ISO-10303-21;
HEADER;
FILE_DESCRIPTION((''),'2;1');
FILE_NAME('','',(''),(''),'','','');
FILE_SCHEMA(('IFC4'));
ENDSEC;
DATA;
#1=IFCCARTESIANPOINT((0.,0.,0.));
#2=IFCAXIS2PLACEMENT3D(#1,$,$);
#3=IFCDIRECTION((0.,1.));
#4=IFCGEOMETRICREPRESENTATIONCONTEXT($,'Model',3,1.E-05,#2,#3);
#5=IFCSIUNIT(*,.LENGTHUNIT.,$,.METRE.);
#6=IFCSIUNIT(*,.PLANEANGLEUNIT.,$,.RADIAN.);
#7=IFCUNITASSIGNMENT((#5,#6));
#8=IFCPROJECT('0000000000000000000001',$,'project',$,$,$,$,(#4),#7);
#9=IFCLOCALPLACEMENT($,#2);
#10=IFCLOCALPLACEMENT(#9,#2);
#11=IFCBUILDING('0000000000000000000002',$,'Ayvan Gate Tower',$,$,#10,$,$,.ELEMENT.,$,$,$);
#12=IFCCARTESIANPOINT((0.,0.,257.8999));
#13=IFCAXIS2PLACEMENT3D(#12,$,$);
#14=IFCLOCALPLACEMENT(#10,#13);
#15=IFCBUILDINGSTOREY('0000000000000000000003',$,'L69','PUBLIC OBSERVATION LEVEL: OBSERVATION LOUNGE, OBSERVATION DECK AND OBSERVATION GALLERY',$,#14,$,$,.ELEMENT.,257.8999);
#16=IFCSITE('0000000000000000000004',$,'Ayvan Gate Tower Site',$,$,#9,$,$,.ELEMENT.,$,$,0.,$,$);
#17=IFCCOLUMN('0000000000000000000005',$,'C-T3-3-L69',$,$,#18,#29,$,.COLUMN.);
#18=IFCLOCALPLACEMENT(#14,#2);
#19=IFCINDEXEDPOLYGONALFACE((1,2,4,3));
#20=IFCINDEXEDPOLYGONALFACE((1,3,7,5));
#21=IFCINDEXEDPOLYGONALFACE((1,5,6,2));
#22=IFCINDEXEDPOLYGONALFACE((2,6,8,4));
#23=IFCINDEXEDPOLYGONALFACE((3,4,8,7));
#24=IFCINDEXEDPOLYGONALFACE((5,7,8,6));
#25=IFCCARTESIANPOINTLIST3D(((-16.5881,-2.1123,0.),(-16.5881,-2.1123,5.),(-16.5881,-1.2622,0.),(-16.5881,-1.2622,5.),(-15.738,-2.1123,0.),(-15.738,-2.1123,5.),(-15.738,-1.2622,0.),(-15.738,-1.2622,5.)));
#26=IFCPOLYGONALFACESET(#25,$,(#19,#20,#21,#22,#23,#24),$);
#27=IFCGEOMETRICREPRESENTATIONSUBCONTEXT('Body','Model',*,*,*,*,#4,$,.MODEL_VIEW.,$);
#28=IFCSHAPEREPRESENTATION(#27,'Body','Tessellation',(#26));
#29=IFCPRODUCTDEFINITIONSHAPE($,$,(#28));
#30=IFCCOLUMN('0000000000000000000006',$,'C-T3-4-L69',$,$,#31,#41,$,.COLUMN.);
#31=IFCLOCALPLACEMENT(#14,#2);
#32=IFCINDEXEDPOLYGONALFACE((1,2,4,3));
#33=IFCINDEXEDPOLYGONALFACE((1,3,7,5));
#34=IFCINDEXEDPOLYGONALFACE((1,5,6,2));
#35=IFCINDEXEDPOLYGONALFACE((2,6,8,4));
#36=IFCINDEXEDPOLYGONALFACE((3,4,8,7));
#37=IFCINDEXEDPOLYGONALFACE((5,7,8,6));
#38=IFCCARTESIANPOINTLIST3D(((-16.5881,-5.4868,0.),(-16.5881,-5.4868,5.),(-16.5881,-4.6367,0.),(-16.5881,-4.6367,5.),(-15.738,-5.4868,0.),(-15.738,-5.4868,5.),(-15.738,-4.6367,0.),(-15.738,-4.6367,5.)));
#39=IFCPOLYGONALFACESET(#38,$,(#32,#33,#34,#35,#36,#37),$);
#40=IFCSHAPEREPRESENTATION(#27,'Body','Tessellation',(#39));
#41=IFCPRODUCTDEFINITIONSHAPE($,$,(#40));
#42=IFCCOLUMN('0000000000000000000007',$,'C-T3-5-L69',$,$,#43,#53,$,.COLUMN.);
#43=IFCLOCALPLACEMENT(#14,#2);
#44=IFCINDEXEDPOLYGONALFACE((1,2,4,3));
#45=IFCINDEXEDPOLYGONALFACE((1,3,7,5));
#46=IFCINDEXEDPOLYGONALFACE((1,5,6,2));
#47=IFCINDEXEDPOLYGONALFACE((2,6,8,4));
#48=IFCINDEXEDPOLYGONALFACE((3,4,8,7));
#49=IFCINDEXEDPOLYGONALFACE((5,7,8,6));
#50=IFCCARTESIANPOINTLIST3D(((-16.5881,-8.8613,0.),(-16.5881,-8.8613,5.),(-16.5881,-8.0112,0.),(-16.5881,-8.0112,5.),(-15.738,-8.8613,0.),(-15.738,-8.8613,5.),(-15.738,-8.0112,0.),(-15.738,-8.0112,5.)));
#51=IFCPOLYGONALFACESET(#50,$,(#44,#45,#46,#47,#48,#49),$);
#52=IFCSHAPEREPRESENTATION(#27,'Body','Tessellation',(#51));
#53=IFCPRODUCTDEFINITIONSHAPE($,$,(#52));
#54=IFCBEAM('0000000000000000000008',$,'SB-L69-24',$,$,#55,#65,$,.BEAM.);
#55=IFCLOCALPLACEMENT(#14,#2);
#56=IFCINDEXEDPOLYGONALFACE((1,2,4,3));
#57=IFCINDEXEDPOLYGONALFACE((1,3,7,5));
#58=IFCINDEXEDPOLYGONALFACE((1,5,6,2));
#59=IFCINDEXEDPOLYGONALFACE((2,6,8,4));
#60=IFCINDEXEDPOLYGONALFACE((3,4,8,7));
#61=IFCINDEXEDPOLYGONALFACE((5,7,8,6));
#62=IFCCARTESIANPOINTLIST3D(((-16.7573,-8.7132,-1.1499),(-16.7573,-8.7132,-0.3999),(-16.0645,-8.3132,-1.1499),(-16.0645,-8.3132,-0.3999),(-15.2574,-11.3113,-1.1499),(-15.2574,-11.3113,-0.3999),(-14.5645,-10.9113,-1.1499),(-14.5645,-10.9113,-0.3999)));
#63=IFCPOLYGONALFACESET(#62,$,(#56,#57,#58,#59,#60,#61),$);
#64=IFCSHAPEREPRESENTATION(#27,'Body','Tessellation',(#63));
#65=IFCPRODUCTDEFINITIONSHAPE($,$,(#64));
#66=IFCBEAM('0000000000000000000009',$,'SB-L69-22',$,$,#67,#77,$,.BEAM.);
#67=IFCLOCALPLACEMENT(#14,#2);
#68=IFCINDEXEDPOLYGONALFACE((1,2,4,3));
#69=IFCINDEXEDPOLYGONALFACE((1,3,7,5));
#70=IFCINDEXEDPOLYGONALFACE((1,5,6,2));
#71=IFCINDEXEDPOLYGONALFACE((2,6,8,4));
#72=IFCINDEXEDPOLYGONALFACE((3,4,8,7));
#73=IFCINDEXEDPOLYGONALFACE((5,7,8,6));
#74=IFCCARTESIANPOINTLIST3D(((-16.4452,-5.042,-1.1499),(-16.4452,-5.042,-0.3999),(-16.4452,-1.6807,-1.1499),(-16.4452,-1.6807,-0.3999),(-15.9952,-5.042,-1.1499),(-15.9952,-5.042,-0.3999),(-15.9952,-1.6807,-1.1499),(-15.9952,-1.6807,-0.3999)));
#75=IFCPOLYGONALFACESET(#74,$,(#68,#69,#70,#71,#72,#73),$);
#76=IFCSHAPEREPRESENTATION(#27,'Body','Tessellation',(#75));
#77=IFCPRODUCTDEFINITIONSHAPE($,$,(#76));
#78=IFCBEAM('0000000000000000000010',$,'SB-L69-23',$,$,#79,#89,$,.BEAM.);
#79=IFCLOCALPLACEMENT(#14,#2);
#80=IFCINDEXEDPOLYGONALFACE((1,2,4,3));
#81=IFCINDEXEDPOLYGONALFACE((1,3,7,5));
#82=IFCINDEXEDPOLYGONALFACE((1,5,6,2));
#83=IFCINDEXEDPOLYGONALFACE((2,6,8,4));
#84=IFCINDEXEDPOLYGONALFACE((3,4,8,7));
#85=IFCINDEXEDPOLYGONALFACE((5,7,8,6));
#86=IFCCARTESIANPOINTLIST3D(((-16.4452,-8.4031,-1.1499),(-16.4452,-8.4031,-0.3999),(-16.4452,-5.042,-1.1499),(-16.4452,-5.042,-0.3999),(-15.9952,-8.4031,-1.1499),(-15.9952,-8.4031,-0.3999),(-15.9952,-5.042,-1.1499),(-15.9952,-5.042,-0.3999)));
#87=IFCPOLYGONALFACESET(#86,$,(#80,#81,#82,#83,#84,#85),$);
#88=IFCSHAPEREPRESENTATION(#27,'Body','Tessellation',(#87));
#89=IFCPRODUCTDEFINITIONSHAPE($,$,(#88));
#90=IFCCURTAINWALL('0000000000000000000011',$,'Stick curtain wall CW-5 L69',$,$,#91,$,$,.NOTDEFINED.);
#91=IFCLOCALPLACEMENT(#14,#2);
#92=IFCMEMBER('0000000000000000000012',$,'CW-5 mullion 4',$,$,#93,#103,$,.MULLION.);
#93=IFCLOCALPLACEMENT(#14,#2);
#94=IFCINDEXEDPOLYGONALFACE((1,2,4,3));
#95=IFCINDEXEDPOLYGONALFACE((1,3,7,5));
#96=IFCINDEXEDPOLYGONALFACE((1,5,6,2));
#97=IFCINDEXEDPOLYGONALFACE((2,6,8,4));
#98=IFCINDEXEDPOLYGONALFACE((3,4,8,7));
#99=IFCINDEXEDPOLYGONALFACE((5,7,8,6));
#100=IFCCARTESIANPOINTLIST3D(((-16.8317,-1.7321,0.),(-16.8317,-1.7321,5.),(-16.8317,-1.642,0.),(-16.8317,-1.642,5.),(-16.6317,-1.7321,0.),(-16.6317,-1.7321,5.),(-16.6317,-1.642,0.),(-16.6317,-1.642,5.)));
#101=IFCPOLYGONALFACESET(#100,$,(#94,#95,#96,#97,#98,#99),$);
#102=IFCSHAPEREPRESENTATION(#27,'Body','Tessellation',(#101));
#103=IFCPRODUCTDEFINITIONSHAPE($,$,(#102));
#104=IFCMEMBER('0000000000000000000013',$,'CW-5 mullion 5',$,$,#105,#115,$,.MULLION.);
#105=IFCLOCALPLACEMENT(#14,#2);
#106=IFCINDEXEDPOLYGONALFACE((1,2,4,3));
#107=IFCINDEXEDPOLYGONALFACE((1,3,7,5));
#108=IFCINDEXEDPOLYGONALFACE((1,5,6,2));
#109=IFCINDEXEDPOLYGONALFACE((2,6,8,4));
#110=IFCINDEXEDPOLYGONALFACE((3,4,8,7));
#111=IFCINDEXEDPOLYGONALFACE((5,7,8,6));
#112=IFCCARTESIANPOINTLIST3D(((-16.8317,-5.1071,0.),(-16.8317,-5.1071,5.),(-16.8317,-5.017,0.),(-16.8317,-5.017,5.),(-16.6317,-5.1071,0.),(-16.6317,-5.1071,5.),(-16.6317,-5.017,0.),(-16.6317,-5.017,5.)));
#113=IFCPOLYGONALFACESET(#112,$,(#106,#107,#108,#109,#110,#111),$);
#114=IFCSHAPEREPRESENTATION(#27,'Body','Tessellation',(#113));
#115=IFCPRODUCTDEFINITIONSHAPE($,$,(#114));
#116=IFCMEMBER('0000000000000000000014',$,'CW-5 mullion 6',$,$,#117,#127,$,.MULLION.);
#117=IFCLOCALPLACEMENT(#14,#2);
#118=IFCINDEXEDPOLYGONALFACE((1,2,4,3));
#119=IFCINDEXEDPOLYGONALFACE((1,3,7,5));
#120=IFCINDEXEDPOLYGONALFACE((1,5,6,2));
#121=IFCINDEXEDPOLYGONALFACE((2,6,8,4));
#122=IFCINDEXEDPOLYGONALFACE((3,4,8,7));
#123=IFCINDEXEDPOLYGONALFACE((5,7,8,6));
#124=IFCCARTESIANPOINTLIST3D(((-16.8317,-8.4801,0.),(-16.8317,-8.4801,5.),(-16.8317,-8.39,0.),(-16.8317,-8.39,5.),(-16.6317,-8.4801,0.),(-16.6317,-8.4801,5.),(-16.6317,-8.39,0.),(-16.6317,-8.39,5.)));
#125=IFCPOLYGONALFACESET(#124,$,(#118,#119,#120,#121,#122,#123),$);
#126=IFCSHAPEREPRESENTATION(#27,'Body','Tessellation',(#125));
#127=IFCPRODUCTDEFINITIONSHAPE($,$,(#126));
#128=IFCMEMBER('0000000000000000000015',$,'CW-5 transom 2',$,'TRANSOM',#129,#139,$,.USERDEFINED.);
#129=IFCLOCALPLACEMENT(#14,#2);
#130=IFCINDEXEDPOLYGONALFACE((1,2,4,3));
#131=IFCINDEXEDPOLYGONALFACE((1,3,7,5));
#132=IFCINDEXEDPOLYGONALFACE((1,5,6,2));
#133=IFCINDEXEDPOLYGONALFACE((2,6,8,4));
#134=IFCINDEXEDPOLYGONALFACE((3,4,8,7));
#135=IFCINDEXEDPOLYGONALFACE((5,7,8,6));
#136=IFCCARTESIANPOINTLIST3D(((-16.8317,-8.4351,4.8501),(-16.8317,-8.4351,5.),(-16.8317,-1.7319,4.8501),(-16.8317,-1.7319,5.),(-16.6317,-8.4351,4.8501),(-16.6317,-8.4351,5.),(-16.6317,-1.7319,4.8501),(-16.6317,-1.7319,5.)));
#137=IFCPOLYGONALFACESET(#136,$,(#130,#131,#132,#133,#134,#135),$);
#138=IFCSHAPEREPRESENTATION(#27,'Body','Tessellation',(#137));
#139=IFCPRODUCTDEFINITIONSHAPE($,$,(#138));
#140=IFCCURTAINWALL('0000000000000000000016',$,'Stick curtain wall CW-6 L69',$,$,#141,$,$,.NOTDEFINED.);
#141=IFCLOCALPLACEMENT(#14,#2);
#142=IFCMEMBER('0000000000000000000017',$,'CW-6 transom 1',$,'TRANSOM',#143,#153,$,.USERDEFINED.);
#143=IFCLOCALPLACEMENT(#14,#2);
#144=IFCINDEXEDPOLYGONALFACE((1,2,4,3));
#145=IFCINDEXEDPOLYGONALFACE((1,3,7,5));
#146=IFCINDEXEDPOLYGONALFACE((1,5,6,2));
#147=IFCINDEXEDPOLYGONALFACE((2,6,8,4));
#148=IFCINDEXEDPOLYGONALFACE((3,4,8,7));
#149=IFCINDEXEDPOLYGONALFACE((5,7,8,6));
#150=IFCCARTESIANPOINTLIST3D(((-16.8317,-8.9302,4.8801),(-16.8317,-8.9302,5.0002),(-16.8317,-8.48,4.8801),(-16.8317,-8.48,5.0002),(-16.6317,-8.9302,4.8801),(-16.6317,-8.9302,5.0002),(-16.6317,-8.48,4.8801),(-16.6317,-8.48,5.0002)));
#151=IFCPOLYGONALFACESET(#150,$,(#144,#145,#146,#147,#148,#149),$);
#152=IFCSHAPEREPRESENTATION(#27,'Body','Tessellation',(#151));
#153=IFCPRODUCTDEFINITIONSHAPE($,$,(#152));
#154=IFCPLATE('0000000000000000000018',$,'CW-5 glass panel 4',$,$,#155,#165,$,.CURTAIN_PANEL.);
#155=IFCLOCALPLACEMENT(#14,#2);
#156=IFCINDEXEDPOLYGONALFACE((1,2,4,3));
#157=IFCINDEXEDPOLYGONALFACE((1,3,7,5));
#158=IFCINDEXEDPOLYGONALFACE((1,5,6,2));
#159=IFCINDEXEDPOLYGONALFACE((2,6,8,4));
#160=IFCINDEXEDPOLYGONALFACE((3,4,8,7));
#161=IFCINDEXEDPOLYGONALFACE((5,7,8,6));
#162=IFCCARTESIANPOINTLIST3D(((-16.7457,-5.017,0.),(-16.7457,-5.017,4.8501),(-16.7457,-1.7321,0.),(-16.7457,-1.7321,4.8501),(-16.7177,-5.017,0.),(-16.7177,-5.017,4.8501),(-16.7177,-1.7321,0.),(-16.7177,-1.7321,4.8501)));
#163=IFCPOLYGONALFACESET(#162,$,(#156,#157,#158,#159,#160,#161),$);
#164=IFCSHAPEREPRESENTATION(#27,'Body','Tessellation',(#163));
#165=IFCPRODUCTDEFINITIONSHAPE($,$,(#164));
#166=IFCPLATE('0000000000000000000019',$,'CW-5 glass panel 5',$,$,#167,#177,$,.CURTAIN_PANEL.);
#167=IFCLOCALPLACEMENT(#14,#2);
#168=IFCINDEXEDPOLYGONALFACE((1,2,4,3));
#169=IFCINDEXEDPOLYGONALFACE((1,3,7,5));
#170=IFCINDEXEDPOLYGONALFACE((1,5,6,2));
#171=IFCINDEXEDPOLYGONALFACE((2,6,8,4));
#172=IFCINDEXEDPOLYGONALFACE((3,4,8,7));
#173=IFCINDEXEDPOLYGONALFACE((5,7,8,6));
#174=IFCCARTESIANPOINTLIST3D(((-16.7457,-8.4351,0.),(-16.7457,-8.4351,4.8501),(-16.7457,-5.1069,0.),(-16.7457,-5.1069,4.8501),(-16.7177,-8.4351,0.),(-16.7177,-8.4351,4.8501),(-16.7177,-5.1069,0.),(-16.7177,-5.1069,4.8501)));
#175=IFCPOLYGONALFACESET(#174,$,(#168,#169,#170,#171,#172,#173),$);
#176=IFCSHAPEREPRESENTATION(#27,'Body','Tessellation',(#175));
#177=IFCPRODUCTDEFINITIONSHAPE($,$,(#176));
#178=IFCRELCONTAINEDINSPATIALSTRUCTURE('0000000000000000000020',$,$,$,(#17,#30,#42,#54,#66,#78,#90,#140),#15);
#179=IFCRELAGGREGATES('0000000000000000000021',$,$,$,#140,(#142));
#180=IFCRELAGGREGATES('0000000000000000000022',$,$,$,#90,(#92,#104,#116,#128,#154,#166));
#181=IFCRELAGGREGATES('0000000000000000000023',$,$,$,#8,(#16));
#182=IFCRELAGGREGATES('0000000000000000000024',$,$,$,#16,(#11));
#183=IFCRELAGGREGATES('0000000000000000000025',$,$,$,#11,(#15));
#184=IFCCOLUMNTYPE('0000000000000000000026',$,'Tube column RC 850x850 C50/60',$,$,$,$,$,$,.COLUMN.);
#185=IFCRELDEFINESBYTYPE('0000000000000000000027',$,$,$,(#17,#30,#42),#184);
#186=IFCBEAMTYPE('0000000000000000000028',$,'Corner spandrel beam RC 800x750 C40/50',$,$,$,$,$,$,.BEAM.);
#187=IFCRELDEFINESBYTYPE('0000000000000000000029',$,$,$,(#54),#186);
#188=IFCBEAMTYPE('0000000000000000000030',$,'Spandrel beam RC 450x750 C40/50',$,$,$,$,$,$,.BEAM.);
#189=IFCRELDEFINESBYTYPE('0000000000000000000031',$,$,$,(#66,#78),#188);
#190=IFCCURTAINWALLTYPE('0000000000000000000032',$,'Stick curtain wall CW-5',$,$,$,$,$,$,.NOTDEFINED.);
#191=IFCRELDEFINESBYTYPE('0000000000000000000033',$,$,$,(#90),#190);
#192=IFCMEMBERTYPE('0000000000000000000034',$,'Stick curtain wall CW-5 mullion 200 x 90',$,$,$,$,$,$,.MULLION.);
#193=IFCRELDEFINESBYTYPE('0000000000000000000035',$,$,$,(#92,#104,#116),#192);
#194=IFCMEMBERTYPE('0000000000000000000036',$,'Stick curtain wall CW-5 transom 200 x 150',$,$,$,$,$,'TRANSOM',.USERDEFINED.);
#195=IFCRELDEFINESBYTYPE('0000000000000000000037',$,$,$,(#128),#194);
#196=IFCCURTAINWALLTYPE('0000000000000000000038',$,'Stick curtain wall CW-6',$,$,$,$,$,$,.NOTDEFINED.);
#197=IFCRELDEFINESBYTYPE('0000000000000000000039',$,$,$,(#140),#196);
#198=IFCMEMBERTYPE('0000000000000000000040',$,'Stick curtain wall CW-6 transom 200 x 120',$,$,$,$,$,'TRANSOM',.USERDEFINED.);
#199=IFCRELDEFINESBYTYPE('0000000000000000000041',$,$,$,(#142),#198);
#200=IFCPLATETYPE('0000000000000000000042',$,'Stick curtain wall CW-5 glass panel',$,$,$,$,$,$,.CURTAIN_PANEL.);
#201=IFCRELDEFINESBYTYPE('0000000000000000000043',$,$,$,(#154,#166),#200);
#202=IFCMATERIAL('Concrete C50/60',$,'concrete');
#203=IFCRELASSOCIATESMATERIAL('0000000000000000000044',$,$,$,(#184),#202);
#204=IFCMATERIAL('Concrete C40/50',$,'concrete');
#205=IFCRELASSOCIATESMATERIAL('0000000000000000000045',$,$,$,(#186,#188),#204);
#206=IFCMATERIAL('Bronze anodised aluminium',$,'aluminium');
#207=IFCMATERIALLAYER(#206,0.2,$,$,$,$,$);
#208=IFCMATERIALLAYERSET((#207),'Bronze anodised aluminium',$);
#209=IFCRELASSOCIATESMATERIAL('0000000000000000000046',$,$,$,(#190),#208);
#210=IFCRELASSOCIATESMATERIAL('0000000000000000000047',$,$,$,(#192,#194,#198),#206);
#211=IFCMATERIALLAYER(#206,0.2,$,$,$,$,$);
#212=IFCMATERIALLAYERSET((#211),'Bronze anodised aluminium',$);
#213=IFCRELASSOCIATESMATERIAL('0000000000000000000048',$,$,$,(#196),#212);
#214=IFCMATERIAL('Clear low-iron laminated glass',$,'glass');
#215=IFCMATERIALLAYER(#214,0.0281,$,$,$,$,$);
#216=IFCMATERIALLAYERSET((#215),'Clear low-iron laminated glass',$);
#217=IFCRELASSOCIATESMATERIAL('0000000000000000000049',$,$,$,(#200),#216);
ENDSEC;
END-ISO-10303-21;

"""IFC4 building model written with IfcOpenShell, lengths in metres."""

from ifc_helpers import new_model, si_unit, direction, frame, origin, origin_2d, place, context, subcontext, project, spatial, rectangle, extrude, material, layer, layer_set, material_profile, profile_set, type_object, element, aggregate, save


model = new_model("IFC4")

# Units and contexts
model_context = context("Model", 3, precision=1e-05, world=origin(), true_north=direction((0.0, 1.0)))
body_context = subcontext(model_context, "Body", "Model", "MODEL_VIEW")
ifc_project = project(units=[si_unit("LENGTHUNIT", "METRE"), si_unit("PLANEANGLEUNIT", "RADIAN")], contexts=[model_context])

# Site, building, storey
site_placement = place(None, origin())
site = spatial("IfcSite", under=ifc_project, at=site_placement, Name="Ayvan Gate Tower Site", CompositionType="ELEMENT", RefElevation=0.0)
building_placement = place(site_placement, origin())
building = spatial("IfcBuilding", under=site, at=building_placement, Name="Ayvan Gate Tower", CompositionType="ELEMENT")
storey_placement = place(building_placement, frame((0.0, 0.0, 257.8999)))
storey = spatial("IfcBuildingStorey", under=building, at=storey_placement, Name="L69", Description="PUBLIC OBSERVATION LEVEL: OBSERVATION LOUNGE, OBSERVATION DECK AND OBSERVATION GALLERY", CompositionType="ELEMENT", Elevation=257.8999)

# Columns
ifc_material_1 = material(Name="Concrete C50/60", Category="concrete")
ifc_material_profile_1 = material_profile(ifc_material_1, rectangle(XDim=0.8501, YDim=0.8501, at=origin_2d()), Name="RC 850x850")
ifc_profile_set_1 = profile_set([ifc_material_profile_1], Name="Concrete C50/60")
column_type = type_object("IfcColumnType", Name="Tube column RC 850x850 C50/60", PredefinedType="COLUMN", material=ifc_profile_set_1)
for number, where, z_axis, x_axis, name in (
    (1, (-16.1631, -1.6873, 0.0), (0.0, 0.0, 1.0), (-1.0, 0.0, 0.0), "C-T3-3-L69"),
    (2, (-16.1631, -5.0618, 0.0), (0.0, 0.0, 1.0), (-1.0, 0.0, 0.0), "C-T3-4-L69"),
    (3, (-16.1631, -8.4363, 0.0), (0.0, 0.0, 1.0), (-1.0, 0.0, 0.0), "C-T3-5-L69"),
):
    element("IfcColumn", number, at=place(storey_placement, frame(where, z_axis=z_axis, x_axis=x_axis)), inside=storey, type_object=column_type, Name=name, PredefinedType="COLUMN", context=body_context, shape_type="SweptSolid", body=[
        extrude(rectangle(XDim=0.8501, YDim=0.8501, at=origin_2d()), origin(), (0.0, 0.0, 1.0), 5.0),
    ])

# Beams
ifc_material_2 = material(Name="Concrete C40/50", Category="concrete")
ifc_material_profile_2 = material_profile(ifc_material_2, rectangle(XDim=0.8, YDim=0.75, at=origin_2d()), Name="RC 800x750")
ifc_profile_set_2 = profile_set([ifc_material_profile_2], Name="Concrete C40/50")
beam_type_1 = type_object("IfcBeamType", Name="Corner spandrel beam RC 800x750 C40/50", PredefinedType="BEAM", material=ifc_profile_set_2)
beam_1_placement = place(storey_placement, frame((-16.4109, -8.5132, -0.7749), z_axis=(0.49999, -0.866031, 0.0), x_axis=(0.866031, 0.49999, 0.0)))
element("IfcBeam", 4, at=beam_1_placement, inside=storey, type_object=beam_type_1, Name="SB-L69-24", PredefinedType="BEAM", context=body_context, shape_type="SweptSolid", body=[
    extrude(rectangle(XDim=0.8, YDim=0.75, at=origin_2d()), origin(), (0.0, 0.0, 1.0), 3.0),
])
ifc_material_profile_3 = material_profile(ifc_material_2, rectangle(XDim=0.45, YDim=0.75, at=origin_2d()), Name="RC 450x750")
ifc_profile_set_3 = profile_set([ifc_material_profile_3], Name="Concrete C40/50")
beam_type_2 = type_object("IfcBeamType", Name="Spandrel beam RC 450x750 C40/50", PredefinedType="BEAM", material=ifc_profile_set_3)
beam_2_placement = place(storey_placement, frame((-16.2202, -1.6807, -0.7749), z_axis=(0.0, -1.0, 0.0), x_axis=(1.0, 0.0, 0.0)))
element("IfcBeam", 5, at=beam_2_placement, inside=storey, type_object=beam_type_2, Name="SB-L69-22", PredefinedType="BEAM", context=body_context, shape_type="SweptSolid", body=[
    extrude(rectangle(XDim=0.45, YDim=0.75, at=origin_2d()), origin(), (0.0, 0.0, 1.0), 3.3613),
])
beam_3_placement = place(storey_placement, frame((-16.2202, -5.042, -0.7749), z_axis=(0.0, -1.0, 0.0), x_axis=(1.0, 0.0, 0.0)))
element("IfcBeam", 6, at=beam_3_placement, inside=storey, type_object=beam_type_2, Name="SB-L69-23", PredefinedType="BEAM", context=body_context, shape_type="SweptSolid", body=[
    extrude(rectangle(XDim=0.45, YDim=0.75, at=origin_2d()), origin(), (0.0, 0.0, 1.0), 3.3611),
])

# Curtain wall, members
ifc_material_3 = material(Name="Bronze anodised aluminium", Category="aluminium")
ifc_layer_1 = layer(ifc_material_3, 0.2)
ifc_layer_set_1 = layer_set([ifc_layer_1], Name="Bronze anodised aluminium")
curtain_wall_type_1 = type_object("IfcCurtainWallType", Name="Stick curtain wall CW-5", PredefinedType="NOTDEFINED", material=ifc_layer_set_1)
curtain_wall_1_placement = place(storey_placement, origin())
curtain_wall_1 = element("IfcCurtainWall", 7, at=curtain_wall_1_placement, inside=storey, type_object=curtain_wall_type_1, Name="Stick curtain wall CW-5 L69", PredefinedType="NOTDEFINED")
ifc_material_profile_4 = material_profile(ifc_material_3, rectangle(XDim=0.2, YDim=0.0901, at=origin_2d()), Name="Stick curtain wall CW-5 mullion 200 x 90")
ifc_profile_set_4 = profile_set([ifc_material_profile_4], Name="Bronze anodised aluminium")
member_type_1 = type_object("IfcMemberType", Name="Stick curtain wall CW-5 mullion 200 x 90", PredefinedType="MULLION", material=ifc_profile_set_4)
member_1_placement = place(storey_placement, frame((-16.7317, -1.687, 0.0), z_axis=(0.0, 0.0, 1.0), x_axis=(-1.0, 0.0, 0.0)))
member_1 = element("IfcMember", 8, at=member_1_placement, type_object=member_type_1, Name="CW-5 mullion 4", PredefinedType="MULLION", context=body_context, shape_type="SweptSolid", body=[
    extrude(rectangle(XDim=0.2, YDim=0.0901, at=origin_2d()), origin(), (0.0, 0.0, 1.0), 5.0),
])
member_2_placement = place(storey_placement, frame((-16.7317, -5.062, 0.0), z_axis=(0.0, 0.0, 1.0), x_axis=(-1.0, 0.0, 0.0)))
member_2 = element("IfcMember", 9, at=member_2_placement, type_object=member_type_1, Name="CW-5 mullion 5", PredefinedType="MULLION", context=body_context, shape_type="SweptSolid", body=[
    extrude(rectangle(XDim=0.2, YDim=0.0901, at=origin_2d()), origin(), (0.0, 0.0, 1.0), 5.0),
])
member_3_placement = place(storey_placement, frame((-16.7317, -8.4351, 0.0), z_axis=(0.0, 0.0, 1.0), x_axis=(-1.0, 0.0, 0.0)))
member_3 = element("IfcMember", 10, at=member_3_placement, type_object=member_type_1, Name="CW-5 mullion 6", PredefinedType="MULLION", context=body_context, shape_type="SweptSolid", body=[
    extrude(rectangle(XDim=0.2, YDim=0.0901, at=origin_2d()), origin(), (0.0, 0.0, 1.0), 5.0),
])
ifc_material_profile_5 = material_profile(ifc_material_3, rectangle(XDim=0.2, YDim=0.1499, at=origin_2d()), Name="Stick curtain wall CW-5 transom 200 x 150")
ifc_profile_set_5 = profile_set([ifc_material_profile_5], Name="Bronze anodised aluminium")
member_type_2 = type_object("IfcMemberType", Name="Stick curtain wall CW-5 transom 200 x 150", ElementType="TRANSOM", PredefinedType="USERDEFINED", material=ifc_profile_set_5)
member_4_placement = place(storey_placement, frame((-16.7317, -1.7319, 4.925), z_axis=(0.0, -1.0, 0.0), x_axis=(1.0, 0.0, 0.0)))
member_4 = element("IfcMember", 11, at=member_4_placement, type_object=member_type_2, Name="CW-5 transom 2", ObjectType="TRANSOM", PredefinedType="USERDEFINED", context=body_context, shape_type="SweptSolid", body=[
    extrude(rectangle(XDim=0.2, YDim=0.1499, at=origin_2d()), origin(), (0.0, 0.0, 1.0), 6.7031),
])

# Curtain wall, member
ifc_layer_2 = layer(ifc_material_3, 0.2)
ifc_layer_set_2 = layer_set([ifc_layer_2], Name="Bronze anodised aluminium")
curtain_wall_type_2 = type_object("IfcCurtainWallType", Name="Stick curtain wall CW-6", PredefinedType="NOTDEFINED", material=ifc_layer_set_2)
curtain_wall_2_placement = place(storey_placement, origin())
curtain_wall_2 = element("IfcCurtainWall", 12, at=curtain_wall_2_placement, inside=storey, type_object=curtain_wall_type_2, Name="Stick curtain wall CW-6 L69", PredefinedType="NOTDEFINED")
ifc_material_profile_6 = material_profile(ifc_material_3, rectangle(XDim=0.2, YDim=0.1201, at=origin_2d()), Name="Stick curtain wall CW-6 transom 200 x 120")
ifc_profile_set_6 = profile_set([ifc_material_profile_6], Name="Bronze anodised aluminium")
member_type_3 = type_object("IfcMemberType", Name="Stick curtain wall CW-6 transom 200 x 120", ElementType="TRANSOM", PredefinedType="USERDEFINED", material=ifc_profile_set_6)
member_5_placement = place(storey_placement, frame((-16.7317, -8.48, 4.9402), z_axis=(0.0, -1.0, 0.0), x_axis=(1.0, 0.0, 0.0)))
member_5 = element("IfcMember", 13, at=member_5_placement, type_object=member_type_3, Name="CW-6 transom 1", ObjectType="TRANSOM", PredefinedType="USERDEFINED", context=body_context, shape_type="SweptSolid", body=[
    extrude(rectangle(XDim=0.2, YDim=0.1201, at=origin_2d()), origin(), (0.0, 0.0, 1.0), 0.4502),
])
aggregate(curtain_wall_2, [member_5])

# Plates
ifc_material_4 = material(Name="Clear low-iron laminated glass", Category="glass")
ifc_layer_3 = layer(ifc_material_4, 0.0281)
ifc_layer_set_3 = layer_set([ifc_layer_3], Name="Clear low-iron laminated glass")
plate_type = type_object("IfcPlateType", Name="Stick curtain wall CW-5 glass panel", PredefinedType="CURTAIN_PANEL", material=ifc_layer_set_3)
plate_1_placement = place(storey_placement, frame((-16.7317, -3.3745, 0.0), z_axis=(0.0, 0.0, 1.0), x_axis=(0.0, -1.0, 0.0)))
plate_1 = element("IfcPlate", 14, at=plate_1_placement, type_object=plate_type, Name="CW-5 glass panel 4", PredefinedType="CURTAIN_PANEL", context=body_context, shape_type="SweptSolid", body=[
    extrude(rectangle(XDim=3.2849, YDim=0.0281, at=origin_2d()), origin(), (0.0, 0.0, 1.0), 4.8501),
])
plate_2_placement = place(storey_placement, frame((-16.7317, -6.771, 0.0), z_axis=(0.0, 0.0, 1.0), x_axis=(0.0, -1.0, 0.0)))
plate_2 = element("IfcPlate", 15, at=plate_2_placement, type_object=plate_type, Name="CW-5 glass panel 5", PredefinedType="CURTAIN_PANEL", context=body_context, shape_type="SweptSolid", body=[
    extrude(rectangle(XDim=3.3281, YDim=0.0281, at=origin_2d()), origin(), (0.0, 0.0, 1.0), 4.8501),
])
aggregate(curtain_wall_1, [member_1, member_2, member_3, member_4, plate_1, plate_2])

save(model, "model.ifc")
